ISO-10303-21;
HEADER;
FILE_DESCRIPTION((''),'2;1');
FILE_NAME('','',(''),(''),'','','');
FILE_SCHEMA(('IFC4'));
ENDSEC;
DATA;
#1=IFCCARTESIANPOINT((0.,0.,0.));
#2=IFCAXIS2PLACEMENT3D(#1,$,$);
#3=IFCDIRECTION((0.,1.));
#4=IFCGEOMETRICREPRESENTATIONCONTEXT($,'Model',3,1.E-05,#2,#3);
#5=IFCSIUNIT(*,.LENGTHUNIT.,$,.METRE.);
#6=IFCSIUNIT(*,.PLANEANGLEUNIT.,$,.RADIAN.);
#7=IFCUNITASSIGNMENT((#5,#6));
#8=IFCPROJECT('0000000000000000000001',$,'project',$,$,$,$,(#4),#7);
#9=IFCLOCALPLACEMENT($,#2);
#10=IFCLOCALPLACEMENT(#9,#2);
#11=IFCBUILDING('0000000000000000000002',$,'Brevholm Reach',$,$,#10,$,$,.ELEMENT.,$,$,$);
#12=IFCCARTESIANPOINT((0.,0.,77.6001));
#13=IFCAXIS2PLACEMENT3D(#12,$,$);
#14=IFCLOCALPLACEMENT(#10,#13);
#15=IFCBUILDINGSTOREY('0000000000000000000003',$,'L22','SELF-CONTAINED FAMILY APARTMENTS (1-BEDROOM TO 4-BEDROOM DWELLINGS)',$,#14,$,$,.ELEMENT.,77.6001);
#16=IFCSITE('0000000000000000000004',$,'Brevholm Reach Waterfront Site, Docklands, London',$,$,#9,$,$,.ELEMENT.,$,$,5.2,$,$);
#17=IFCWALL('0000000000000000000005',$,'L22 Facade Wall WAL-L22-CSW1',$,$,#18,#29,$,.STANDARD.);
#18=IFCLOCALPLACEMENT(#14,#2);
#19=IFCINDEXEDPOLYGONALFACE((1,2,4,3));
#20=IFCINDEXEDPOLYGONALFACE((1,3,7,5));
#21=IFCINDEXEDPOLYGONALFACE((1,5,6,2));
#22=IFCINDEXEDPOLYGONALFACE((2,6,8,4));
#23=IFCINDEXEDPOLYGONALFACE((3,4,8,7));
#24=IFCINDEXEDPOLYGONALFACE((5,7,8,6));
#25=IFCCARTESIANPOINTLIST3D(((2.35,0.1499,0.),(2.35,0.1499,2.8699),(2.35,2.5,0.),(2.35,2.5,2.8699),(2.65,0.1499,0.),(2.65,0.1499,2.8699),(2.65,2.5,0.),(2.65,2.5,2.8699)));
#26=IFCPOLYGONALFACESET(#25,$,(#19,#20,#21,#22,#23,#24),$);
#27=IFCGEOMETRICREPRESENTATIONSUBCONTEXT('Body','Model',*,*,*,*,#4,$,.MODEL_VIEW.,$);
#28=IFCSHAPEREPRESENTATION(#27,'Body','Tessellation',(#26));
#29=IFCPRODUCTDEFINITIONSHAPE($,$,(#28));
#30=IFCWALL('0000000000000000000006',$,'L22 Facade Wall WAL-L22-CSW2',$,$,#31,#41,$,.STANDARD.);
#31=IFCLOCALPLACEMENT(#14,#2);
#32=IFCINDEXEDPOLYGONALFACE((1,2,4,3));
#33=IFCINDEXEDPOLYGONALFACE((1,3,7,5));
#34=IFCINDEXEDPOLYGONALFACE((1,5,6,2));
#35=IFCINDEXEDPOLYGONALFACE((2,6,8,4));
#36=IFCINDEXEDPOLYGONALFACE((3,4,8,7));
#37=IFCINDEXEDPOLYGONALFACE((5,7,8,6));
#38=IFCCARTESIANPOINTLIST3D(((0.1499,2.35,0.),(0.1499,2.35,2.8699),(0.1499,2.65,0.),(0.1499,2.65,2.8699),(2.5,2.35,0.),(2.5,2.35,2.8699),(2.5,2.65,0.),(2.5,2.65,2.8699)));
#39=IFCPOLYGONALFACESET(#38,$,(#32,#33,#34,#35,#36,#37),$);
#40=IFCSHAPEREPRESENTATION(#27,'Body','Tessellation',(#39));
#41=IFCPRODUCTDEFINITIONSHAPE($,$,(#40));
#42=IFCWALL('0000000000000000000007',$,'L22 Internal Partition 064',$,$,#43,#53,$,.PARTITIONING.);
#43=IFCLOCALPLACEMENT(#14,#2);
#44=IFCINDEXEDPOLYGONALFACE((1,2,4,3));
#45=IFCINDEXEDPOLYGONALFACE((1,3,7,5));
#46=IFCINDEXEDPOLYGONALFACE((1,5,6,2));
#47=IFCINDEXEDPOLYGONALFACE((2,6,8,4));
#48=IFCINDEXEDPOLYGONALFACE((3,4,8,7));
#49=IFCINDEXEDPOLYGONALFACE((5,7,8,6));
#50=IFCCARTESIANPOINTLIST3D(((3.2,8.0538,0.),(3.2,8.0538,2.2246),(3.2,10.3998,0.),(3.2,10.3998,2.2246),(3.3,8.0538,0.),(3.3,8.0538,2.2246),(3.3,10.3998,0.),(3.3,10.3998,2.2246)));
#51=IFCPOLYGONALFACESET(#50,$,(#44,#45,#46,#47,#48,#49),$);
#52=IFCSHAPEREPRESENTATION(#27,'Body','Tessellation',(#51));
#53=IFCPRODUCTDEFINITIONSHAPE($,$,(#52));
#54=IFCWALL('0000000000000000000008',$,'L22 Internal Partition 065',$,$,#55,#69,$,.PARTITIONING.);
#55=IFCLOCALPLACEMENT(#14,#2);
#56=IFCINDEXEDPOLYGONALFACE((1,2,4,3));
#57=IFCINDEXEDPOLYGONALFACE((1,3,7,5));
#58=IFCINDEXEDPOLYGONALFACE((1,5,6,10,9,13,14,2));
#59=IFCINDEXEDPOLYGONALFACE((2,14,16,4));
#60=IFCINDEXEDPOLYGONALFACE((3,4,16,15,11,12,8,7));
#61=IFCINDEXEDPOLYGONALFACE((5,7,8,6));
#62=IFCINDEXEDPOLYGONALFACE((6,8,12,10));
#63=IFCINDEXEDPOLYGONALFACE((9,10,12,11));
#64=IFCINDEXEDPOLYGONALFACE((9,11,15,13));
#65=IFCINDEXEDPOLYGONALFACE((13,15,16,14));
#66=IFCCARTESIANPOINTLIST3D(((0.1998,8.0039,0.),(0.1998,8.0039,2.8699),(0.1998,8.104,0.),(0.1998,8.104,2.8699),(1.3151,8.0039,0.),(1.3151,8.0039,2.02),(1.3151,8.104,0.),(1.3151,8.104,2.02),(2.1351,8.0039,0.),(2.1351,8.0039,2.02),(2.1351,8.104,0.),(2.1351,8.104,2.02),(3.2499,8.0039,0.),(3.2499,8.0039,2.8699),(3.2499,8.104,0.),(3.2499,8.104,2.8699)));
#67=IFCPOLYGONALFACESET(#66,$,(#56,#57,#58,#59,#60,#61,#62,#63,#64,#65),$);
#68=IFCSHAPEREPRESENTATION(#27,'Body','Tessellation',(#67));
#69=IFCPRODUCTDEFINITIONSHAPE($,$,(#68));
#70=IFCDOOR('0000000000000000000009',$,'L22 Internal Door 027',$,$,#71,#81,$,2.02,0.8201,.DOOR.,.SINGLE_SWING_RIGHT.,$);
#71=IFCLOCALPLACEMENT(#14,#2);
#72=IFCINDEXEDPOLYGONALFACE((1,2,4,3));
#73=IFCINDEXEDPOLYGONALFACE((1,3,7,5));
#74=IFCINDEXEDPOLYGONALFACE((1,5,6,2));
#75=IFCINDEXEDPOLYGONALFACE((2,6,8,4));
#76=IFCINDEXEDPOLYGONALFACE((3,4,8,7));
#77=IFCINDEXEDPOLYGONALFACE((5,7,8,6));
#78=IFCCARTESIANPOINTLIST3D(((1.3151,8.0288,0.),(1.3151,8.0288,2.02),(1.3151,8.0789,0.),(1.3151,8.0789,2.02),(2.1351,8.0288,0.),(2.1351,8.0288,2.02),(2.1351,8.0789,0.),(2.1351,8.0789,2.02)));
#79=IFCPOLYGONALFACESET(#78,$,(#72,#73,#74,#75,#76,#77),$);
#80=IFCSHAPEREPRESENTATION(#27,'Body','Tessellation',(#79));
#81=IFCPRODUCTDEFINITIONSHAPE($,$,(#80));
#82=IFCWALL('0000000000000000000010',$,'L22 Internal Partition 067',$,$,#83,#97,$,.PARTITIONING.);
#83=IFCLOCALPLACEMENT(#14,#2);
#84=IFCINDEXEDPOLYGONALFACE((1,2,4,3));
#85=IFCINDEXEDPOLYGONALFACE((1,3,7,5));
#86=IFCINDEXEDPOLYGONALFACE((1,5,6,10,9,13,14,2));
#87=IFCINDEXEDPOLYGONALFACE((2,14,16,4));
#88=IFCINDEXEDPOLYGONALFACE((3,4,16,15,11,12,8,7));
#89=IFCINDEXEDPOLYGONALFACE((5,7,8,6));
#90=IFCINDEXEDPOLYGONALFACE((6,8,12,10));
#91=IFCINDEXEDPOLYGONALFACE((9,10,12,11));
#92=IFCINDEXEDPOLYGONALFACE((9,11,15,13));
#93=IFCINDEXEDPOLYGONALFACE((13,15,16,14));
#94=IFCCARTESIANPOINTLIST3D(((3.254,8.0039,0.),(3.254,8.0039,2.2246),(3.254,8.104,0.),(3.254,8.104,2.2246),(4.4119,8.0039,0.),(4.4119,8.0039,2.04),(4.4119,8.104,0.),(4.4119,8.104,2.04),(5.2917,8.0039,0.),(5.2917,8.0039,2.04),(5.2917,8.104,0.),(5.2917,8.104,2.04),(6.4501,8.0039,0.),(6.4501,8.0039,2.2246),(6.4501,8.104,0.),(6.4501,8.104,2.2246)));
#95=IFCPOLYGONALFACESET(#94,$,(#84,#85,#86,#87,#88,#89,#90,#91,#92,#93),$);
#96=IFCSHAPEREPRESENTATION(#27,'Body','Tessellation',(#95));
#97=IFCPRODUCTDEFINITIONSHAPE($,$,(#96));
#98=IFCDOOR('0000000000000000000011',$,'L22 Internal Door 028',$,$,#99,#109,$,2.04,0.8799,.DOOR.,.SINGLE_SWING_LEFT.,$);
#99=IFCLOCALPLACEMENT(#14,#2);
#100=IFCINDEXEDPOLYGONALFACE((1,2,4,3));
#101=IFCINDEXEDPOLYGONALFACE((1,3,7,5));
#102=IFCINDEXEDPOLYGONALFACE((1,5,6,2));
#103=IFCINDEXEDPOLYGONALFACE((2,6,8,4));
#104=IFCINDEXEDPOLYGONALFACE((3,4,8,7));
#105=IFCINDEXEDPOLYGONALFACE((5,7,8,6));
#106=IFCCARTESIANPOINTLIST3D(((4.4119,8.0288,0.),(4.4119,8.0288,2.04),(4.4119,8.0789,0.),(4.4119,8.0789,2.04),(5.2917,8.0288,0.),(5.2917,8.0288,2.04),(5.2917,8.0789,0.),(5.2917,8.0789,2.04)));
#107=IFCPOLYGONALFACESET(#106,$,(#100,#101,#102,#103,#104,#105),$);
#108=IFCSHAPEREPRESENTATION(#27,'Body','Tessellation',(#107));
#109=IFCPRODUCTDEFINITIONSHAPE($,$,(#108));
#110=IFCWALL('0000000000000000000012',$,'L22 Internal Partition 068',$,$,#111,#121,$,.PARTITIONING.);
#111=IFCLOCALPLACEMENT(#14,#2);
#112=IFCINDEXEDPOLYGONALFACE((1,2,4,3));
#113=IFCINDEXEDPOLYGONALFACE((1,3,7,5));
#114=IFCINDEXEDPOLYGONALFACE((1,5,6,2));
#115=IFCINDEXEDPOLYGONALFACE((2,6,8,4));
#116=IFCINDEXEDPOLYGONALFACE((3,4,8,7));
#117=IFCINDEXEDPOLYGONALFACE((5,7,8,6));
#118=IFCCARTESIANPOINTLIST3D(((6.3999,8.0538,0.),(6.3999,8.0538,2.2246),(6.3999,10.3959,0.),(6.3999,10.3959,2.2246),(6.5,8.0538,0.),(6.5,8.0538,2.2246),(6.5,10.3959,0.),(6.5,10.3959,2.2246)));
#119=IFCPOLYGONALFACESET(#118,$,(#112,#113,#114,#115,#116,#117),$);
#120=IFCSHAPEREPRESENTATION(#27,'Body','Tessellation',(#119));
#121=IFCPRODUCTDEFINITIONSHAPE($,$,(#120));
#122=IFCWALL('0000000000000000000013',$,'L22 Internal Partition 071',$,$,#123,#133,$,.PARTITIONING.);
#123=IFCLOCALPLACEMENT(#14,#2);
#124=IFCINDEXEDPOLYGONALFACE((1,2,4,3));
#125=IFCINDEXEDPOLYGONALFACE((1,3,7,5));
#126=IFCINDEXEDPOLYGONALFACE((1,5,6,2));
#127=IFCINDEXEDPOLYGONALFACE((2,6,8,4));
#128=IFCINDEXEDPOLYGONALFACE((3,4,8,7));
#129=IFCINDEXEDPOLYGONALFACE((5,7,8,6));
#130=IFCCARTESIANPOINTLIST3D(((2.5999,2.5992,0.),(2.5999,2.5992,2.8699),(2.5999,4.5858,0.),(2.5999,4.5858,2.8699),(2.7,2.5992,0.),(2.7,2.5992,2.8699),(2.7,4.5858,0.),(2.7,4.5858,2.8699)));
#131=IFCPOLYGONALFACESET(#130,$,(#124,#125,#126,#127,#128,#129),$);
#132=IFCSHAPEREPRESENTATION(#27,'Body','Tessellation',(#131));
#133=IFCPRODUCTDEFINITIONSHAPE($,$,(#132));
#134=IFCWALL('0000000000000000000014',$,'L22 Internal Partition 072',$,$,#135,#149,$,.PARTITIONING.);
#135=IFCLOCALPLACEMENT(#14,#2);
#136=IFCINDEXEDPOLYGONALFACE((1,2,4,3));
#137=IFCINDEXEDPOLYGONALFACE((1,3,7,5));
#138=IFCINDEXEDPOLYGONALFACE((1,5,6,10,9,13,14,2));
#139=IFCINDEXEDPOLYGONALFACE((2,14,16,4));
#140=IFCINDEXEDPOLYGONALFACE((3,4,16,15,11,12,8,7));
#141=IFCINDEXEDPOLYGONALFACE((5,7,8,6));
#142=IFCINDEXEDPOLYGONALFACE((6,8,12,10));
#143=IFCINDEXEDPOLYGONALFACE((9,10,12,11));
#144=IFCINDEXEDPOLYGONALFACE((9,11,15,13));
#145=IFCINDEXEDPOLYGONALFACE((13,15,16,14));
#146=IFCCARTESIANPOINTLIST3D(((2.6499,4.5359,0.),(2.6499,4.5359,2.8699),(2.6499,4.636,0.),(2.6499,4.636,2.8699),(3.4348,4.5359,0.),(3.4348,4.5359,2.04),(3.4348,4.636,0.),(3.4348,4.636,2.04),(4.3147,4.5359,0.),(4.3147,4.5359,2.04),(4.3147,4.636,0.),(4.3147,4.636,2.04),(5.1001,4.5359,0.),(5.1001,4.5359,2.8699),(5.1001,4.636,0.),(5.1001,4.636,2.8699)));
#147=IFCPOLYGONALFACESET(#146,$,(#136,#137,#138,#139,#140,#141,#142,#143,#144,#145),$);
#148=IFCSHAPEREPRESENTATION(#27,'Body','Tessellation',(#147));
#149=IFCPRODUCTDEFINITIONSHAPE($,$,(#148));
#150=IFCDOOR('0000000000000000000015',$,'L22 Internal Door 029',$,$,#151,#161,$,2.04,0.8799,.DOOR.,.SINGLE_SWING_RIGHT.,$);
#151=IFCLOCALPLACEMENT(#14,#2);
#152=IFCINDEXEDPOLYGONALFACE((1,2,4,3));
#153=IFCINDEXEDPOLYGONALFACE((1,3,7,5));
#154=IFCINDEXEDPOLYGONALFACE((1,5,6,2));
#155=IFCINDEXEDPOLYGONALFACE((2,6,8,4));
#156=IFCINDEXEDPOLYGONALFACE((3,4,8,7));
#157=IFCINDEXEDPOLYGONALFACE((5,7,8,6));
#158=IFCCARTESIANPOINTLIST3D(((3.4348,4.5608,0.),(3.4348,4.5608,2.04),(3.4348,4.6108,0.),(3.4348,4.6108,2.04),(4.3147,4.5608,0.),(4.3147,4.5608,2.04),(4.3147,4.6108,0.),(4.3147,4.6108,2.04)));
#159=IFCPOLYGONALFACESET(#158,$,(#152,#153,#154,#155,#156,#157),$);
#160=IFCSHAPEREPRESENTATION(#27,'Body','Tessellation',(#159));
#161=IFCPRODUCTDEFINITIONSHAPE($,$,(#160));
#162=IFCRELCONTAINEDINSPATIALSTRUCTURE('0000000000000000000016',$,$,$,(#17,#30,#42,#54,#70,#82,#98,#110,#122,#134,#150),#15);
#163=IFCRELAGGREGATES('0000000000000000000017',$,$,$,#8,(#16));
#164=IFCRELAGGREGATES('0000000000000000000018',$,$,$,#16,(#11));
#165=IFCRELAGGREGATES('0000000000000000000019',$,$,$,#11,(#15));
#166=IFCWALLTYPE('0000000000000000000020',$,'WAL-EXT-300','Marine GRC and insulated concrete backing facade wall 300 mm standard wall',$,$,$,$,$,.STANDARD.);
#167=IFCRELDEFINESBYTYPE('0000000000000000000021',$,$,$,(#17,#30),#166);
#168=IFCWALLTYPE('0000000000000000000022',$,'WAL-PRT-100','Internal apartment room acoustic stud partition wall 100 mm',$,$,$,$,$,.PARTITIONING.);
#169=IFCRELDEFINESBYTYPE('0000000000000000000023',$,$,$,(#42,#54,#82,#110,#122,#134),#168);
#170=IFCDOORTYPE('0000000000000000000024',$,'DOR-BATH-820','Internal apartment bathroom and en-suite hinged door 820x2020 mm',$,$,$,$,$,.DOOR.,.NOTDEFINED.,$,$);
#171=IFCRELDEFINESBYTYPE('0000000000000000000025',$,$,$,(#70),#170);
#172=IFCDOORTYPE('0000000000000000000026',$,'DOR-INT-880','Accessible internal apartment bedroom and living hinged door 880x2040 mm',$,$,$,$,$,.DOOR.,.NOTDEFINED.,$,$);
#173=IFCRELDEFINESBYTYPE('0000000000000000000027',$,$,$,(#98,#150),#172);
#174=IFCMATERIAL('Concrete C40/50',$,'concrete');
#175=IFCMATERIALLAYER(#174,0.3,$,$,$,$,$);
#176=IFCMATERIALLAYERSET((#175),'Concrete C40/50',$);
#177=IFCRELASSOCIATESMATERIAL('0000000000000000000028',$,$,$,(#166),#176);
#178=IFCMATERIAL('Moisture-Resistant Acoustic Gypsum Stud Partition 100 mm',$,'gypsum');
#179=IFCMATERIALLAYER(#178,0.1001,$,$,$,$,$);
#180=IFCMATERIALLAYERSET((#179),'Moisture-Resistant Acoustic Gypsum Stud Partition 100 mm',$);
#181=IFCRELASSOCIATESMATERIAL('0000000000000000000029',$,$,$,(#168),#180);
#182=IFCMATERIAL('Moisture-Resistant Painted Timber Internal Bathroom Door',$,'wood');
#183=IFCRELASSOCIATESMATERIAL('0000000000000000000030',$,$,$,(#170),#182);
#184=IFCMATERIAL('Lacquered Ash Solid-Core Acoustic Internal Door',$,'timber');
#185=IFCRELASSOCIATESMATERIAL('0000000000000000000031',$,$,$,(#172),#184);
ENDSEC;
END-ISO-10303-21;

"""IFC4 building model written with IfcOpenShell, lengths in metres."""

from ifc_helpers import new_model, si_unit, direction, frame, frame_2d, origin, place, context, subcontext, project, spatial, rectangle, extrude, material, layer, layer_set, type_object, element, fill, save


model = new_model("IFC4")

# Units and contexts
model_context = context("Model", 3, precision=1e-05, world=origin(), true_north=direction((0.0, 1.0)))
body_context = subcontext(model_context, "Body", "Model", "MODEL_VIEW")
ifc_project = project(units=[si_unit("LENGTHUNIT", "METRE"), si_unit("PLANEANGLEUNIT", "RADIAN")], contexts=[model_context])

# Site, building, storey
site_placement = place(None, origin())
site = spatial("IfcSite", under=ifc_project, at=site_placement, Name="Brevholm Reach Waterfront Site, Docklands, London", CompositionType="ELEMENT", RefElevation=5.2)
building_placement = place(site_placement, origin())
building = spatial("IfcBuilding", under=site, at=building_placement, Name="Brevholm Reach", CompositionType="ELEMENT")
storey_placement = place(building_placement, frame((0.0, 0.0, 77.6001)))
storey = spatial("IfcBuildingStorey", under=building, at=storey_placement, Name="L22", Description="SELF-CONTAINED FAMILY APARTMENTS (1-BEDROOM TO 4-BEDROOM DWELLINGS)", CompositionType="ELEMENT", Elevation=77.6001)

# Walls
ifc_material_1 = material(Name="Concrete C40/50", Category="concrete")
ifc_layer_1 = layer(ifc_material_1, 0.3)
ifc_layer_set_1 = layer_set([ifc_layer_1], Name="Concrete C40/50")
wall_type_1 = type_object("IfcWallType", Name="WAL-EXT-300", Description="Marine GRC and insulated concrete backing facade wall 300 mm standard wall", PredefinedType="STANDARD", material=ifc_layer_set_1)
for number, where, z_axis, x_axis, name in (
    (1, (2.5, 2.5, 0.0), (0.0, 0.0, 1.0), (0.0, -1.0, 0.0), "L22 Facade Wall WAL-L22-CSW1"),
    (2, (0.1499, 2.5, 0.0), (0.0, 0.0, 1.0), (1.0, 0.0, 0.0), "L22 Facade Wall WAL-L22-CSW2"),
):
    element("IfcWall", number, at=place(storey_placement, frame(where, z_axis=z_axis, x_axis=x_axis)), inside=storey, type_object=wall_type_1, Name=name, PredefinedType="STANDARD", context=body_context, shape_type="SweptSolid", body=[
        extrude(rectangle(XDim=2.3501, YDim=0.3, at=frame_2d((1.175, 0.0))), origin(), (0.0, 0.0, 1.0), 2.8699),
    ])
ifc_material_2 = material(Name="Moisture-Resistant Acoustic Gypsum Stud Partition 100 mm", Category="gypsum")
ifc_layer_2 = layer(ifc_material_2, 0.1001)
ifc_layer_set_2 = layer_set([ifc_layer_2], Name="Moisture-Resistant Acoustic Gypsum Stud Partition 100 mm")
wall_type_2 = type_object("IfcWallType", Name="WAL-PRT-100", Description="Internal apartment room acoustic stud partition wall 100 mm", PredefinedType="PARTITIONING", material=ifc_layer_set_2)
wall_1_placement = place(storey_placement, frame((3.25, 8.054, 0.0), z_axis=(0.0, 0.0, 1.0), x_axis=(0.0, 1.0, 0.0)))
element("IfcWall", 3, at=wall_1_placement, inside=storey, type_object=wall_type_2, Name="L22 Internal Partition 064", PredefinedType="PARTITIONING", context=body_context, shape_type="SweptSolid", body=[
    extrude(rectangle(XDim=2.3459, YDim=0.1001, at=frame_2d((1.1729, 0.0))), origin(), (0.0, 0.0, 1.0), 2.2246),
])

# Walls, openings, doors
wall_2_placement = place(storey_placement, frame((0.2, 8.054, 0.0), z_axis=(0.0, 0.0, 1.0), x_axis=(1.0, 0.0, 0.0)))
wall_2 = element("IfcWall", 4, at=wall_2_placement, inside=storey, type_object=wall_type_2, Name="L22 Internal Partition 065", PredefinedType="PARTITIONING", context=body_context, shape_type="SweptSolid", body=[
    extrude(rectangle(XDim=3.05, YDim=0.1001, at=frame_2d((1.5249, 0.0))), origin(), (0.0, 0.0, 1.0), 2.8699),
])
opening_1_placement = place(wall_2_placement, frame((1.115, 0.0, 0.0)))
opening_1 = element("IfcOpeningElement", 5, at=opening_1_placement, cuts=wall_2, PredefinedType="OPENING", context=body_context, shape_type="SweptSolid", body=[
    extrude(rectangle(XDim=0.8201, YDim=2.02, at=frame_2d((0.4102, 1.01))), frame((0.0, 0.0601, 0.0), z_axis=(0.0, -1.0, 0.0), x_axis=(1.0, 0.0, 0.0)), (0.0, 0.0, 1.0), 0.1201),
])
ifc_material_3 = material(Name="Moisture-Resistant Painted Timber Internal Bathroom Door", Category="wood")
door_type_1 = type_object("IfcDoorType", Name="DOR-BATH-820", Description="Internal apartment bathroom and en-suite hinged door 820x2020 mm", OperationType="NOTDEFINED", PredefinedType="DOOR", material=ifc_material_3)
door_1_placement = place(opening_1_placement, origin())
door_1 = element("IfcDoor", 6, at=door_1_placement, inside=storey, type_object=door_type_1, Name="L22 Internal Door 027", OperationType="SINGLE_SWING_RIGHT", OverallHeight=2.02, OverallWidth=0.8201, PredefinedType="DOOR", context=body_context, shape_type="SweptSolid", body=[
    extrude(rectangle(XDim=0.8201, YDim=2.02, at=frame_2d((0.4102, 1.01))), frame((0.0, 0.0249, 0.0), z_axis=(0.0, -1.0, 0.0), x_axis=(1.0, 0.0, 0.0)), (0.0, 0.0, 1.0), 0.05),
])
fill(opening_1, door_1)
wall_3_placement = place(storey_placement, frame((3.2539, 8.054, 0.0), z_axis=(0.0, 0.0, 1.0), x_axis=(1.0, 0.0, 0.0)))
wall_3 = element("IfcWall", 7, at=wall_3_placement, inside=storey, type_object=wall_type_2, Name="L22 Internal Partition 067", PredefinedType="PARTITIONING", context=body_context, shape_type="SweptSolid", body=[
    extrude(rectangle(XDim=3.196, YDim=0.1001, at=frame_2d((1.5981, 0.0))), origin(), (0.0, 0.0, 1.0), 2.2246),
])
opening_2_placement = place(wall_3_placement, frame((1.158, 0.0, 0.0)))
opening_2 = element("IfcOpeningElement", 8, at=opening_2_placement, cuts=wall_3, PredefinedType="OPENING", context=body_context, shape_type="SweptSolid", body=[
    extrude(rectangle(XDim=0.8799, YDim=2.04, at=frame_2d((0.4399, 1.02))), frame((0.0, 0.0601, 0.0), z_axis=(0.0, -1.0, 0.0), x_axis=(1.0, 0.0, 0.0)), (0.0, 0.0, 1.0), 0.1201),
])
ifc_material_4 = material(Name="Lacquered Ash Solid-Core Acoustic Internal Door", Category="timber")
door_type_2 = type_object("IfcDoorType", Name="DOR-INT-880", Description="Accessible internal apartment bedroom and living hinged door 880x2040 mm", OperationType="NOTDEFINED", PredefinedType="DOOR", material=ifc_material_4)
door_2_placement = place(opening_2_placement, origin())
door_2 = element("IfcDoor", 9, at=door_2_placement, inside=storey, type_object=door_type_2, Name="L22 Internal Door 028", OperationType="SINGLE_SWING_LEFT", OverallHeight=2.04, OverallWidth=0.8799, PredefinedType="DOOR", context=body_context, shape_type="SweptSolid", body=[
    extrude(rectangle(XDim=0.8799, YDim=2.04, at=frame_2d((0.4399, 1.02))), frame((0.0, 0.0249, 0.0), z_axis=(0.0, -1.0, 0.0), x_axis=(1.0, 0.0, 0.0)), (0.0, 0.0, 1.0), 0.05),
])
fill(opening_2, door_2)

# Walls
wall_4_placement = place(storey_placement, frame((6.45, 8.054, 0.0), z_axis=(0.0, 0.0, 1.0), x_axis=(0.0, 1.0, 0.0)))
element("IfcWall", 10, at=wall_4_placement, inside=storey, type_object=wall_type_2, Name="L22 Internal Partition 068", PredefinedType="PARTITIONING", context=body_context, shape_type="SweptSolid", body=[
    extrude(rectangle(XDim=2.342, YDim=0.1001, at=frame_2d((1.1709, 0.0))), origin(), (0.0, 0.0, 1.0), 2.2246),
])
wall_5_placement = place(storey_placement, frame((2.6499, 2.5994, 0.0), z_axis=(0.0, 0.0, 1.0), x_axis=(0.0, 1.0, 0.0)))
element("IfcWall", 11, at=wall_5_placement, inside=storey, type_object=wall_type_2, Name="L22 Internal Partition 071", PredefinedType="PARTITIONING", context=body_context, shape_type="SweptSolid", body=[
    extrude(rectangle(XDim=1.9866, YDim=0.1001, at=frame_2d((0.9932, 0.0))), origin(), (0.0, 0.0, 1.0), 2.8699),
])

# Wall, opening, door
wall_6_placement = place(storey_placement, frame((2.6499, 4.5859, 0.0), z_axis=(0.0, 0.0, 1.0), x_axis=(1.0, 0.0, 0.0)))
wall_6 = element("IfcWall", 12, at=wall_6_placement, inside=storey, type_object=wall_type_2, Name="L22 Internal Partition 072", PredefinedType="PARTITIONING", context=body_context, shape_type="SweptSolid", body=[
    extrude(rectangle(XDim=2.4502, YDim=0.1001, at=frame_2d((1.2251, 0.0))), origin(), (0.0, 0.0, 1.0), 2.8699),
])
opening_3_placement = place(wall_6_placement, frame((0.7849, 0.0, 0.0)))
opening_3 = element("IfcOpeningElement", 13, at=opening_3_placement, cuts=wall_6, PredefinedType="OPENING", context=body_context, shape_type="SweptSolid", body=[
    extrude(rectangle(XDim=0.8799, YDim=2.04, at=frame_2d((0.4399, 1.02))), frame((0.0, 0.0601, 0.0), z_axis=(0.0, -1.0, 0.0), x_axis=(1.0, 0.0, 0.0)), (0.0, 0.0, 1.0), 0.1201),
])
door_3_placement = place(opening_3_placement, origin())
door_3 = element("IfcDoor", 14, at=door_3_placement, inside=storey, type_object=door_type_2, Name="L22 Internal Door 029", OperationType="SINGLE_SWING_RIGHT", OverallHeight=2.04, OverallWidth=0.8799, PredefinedType="DOOR", context=body_context, shape_type="SweptSolid", body=[
    extrude(rectangle(XDim=0.8799, YDim=2.04, at=frame_2d((0.4399, 1.02))), frame((0.0, 0.0249, 0.0), z_axis=(0.0, -1.0, 0.0), x_axis=(1.0, 0.0, 0.0)), (0.0, 0.0, 1.0), 0.05),
])
fill(opening_3, door_3)

save(model, "model.ifc")
